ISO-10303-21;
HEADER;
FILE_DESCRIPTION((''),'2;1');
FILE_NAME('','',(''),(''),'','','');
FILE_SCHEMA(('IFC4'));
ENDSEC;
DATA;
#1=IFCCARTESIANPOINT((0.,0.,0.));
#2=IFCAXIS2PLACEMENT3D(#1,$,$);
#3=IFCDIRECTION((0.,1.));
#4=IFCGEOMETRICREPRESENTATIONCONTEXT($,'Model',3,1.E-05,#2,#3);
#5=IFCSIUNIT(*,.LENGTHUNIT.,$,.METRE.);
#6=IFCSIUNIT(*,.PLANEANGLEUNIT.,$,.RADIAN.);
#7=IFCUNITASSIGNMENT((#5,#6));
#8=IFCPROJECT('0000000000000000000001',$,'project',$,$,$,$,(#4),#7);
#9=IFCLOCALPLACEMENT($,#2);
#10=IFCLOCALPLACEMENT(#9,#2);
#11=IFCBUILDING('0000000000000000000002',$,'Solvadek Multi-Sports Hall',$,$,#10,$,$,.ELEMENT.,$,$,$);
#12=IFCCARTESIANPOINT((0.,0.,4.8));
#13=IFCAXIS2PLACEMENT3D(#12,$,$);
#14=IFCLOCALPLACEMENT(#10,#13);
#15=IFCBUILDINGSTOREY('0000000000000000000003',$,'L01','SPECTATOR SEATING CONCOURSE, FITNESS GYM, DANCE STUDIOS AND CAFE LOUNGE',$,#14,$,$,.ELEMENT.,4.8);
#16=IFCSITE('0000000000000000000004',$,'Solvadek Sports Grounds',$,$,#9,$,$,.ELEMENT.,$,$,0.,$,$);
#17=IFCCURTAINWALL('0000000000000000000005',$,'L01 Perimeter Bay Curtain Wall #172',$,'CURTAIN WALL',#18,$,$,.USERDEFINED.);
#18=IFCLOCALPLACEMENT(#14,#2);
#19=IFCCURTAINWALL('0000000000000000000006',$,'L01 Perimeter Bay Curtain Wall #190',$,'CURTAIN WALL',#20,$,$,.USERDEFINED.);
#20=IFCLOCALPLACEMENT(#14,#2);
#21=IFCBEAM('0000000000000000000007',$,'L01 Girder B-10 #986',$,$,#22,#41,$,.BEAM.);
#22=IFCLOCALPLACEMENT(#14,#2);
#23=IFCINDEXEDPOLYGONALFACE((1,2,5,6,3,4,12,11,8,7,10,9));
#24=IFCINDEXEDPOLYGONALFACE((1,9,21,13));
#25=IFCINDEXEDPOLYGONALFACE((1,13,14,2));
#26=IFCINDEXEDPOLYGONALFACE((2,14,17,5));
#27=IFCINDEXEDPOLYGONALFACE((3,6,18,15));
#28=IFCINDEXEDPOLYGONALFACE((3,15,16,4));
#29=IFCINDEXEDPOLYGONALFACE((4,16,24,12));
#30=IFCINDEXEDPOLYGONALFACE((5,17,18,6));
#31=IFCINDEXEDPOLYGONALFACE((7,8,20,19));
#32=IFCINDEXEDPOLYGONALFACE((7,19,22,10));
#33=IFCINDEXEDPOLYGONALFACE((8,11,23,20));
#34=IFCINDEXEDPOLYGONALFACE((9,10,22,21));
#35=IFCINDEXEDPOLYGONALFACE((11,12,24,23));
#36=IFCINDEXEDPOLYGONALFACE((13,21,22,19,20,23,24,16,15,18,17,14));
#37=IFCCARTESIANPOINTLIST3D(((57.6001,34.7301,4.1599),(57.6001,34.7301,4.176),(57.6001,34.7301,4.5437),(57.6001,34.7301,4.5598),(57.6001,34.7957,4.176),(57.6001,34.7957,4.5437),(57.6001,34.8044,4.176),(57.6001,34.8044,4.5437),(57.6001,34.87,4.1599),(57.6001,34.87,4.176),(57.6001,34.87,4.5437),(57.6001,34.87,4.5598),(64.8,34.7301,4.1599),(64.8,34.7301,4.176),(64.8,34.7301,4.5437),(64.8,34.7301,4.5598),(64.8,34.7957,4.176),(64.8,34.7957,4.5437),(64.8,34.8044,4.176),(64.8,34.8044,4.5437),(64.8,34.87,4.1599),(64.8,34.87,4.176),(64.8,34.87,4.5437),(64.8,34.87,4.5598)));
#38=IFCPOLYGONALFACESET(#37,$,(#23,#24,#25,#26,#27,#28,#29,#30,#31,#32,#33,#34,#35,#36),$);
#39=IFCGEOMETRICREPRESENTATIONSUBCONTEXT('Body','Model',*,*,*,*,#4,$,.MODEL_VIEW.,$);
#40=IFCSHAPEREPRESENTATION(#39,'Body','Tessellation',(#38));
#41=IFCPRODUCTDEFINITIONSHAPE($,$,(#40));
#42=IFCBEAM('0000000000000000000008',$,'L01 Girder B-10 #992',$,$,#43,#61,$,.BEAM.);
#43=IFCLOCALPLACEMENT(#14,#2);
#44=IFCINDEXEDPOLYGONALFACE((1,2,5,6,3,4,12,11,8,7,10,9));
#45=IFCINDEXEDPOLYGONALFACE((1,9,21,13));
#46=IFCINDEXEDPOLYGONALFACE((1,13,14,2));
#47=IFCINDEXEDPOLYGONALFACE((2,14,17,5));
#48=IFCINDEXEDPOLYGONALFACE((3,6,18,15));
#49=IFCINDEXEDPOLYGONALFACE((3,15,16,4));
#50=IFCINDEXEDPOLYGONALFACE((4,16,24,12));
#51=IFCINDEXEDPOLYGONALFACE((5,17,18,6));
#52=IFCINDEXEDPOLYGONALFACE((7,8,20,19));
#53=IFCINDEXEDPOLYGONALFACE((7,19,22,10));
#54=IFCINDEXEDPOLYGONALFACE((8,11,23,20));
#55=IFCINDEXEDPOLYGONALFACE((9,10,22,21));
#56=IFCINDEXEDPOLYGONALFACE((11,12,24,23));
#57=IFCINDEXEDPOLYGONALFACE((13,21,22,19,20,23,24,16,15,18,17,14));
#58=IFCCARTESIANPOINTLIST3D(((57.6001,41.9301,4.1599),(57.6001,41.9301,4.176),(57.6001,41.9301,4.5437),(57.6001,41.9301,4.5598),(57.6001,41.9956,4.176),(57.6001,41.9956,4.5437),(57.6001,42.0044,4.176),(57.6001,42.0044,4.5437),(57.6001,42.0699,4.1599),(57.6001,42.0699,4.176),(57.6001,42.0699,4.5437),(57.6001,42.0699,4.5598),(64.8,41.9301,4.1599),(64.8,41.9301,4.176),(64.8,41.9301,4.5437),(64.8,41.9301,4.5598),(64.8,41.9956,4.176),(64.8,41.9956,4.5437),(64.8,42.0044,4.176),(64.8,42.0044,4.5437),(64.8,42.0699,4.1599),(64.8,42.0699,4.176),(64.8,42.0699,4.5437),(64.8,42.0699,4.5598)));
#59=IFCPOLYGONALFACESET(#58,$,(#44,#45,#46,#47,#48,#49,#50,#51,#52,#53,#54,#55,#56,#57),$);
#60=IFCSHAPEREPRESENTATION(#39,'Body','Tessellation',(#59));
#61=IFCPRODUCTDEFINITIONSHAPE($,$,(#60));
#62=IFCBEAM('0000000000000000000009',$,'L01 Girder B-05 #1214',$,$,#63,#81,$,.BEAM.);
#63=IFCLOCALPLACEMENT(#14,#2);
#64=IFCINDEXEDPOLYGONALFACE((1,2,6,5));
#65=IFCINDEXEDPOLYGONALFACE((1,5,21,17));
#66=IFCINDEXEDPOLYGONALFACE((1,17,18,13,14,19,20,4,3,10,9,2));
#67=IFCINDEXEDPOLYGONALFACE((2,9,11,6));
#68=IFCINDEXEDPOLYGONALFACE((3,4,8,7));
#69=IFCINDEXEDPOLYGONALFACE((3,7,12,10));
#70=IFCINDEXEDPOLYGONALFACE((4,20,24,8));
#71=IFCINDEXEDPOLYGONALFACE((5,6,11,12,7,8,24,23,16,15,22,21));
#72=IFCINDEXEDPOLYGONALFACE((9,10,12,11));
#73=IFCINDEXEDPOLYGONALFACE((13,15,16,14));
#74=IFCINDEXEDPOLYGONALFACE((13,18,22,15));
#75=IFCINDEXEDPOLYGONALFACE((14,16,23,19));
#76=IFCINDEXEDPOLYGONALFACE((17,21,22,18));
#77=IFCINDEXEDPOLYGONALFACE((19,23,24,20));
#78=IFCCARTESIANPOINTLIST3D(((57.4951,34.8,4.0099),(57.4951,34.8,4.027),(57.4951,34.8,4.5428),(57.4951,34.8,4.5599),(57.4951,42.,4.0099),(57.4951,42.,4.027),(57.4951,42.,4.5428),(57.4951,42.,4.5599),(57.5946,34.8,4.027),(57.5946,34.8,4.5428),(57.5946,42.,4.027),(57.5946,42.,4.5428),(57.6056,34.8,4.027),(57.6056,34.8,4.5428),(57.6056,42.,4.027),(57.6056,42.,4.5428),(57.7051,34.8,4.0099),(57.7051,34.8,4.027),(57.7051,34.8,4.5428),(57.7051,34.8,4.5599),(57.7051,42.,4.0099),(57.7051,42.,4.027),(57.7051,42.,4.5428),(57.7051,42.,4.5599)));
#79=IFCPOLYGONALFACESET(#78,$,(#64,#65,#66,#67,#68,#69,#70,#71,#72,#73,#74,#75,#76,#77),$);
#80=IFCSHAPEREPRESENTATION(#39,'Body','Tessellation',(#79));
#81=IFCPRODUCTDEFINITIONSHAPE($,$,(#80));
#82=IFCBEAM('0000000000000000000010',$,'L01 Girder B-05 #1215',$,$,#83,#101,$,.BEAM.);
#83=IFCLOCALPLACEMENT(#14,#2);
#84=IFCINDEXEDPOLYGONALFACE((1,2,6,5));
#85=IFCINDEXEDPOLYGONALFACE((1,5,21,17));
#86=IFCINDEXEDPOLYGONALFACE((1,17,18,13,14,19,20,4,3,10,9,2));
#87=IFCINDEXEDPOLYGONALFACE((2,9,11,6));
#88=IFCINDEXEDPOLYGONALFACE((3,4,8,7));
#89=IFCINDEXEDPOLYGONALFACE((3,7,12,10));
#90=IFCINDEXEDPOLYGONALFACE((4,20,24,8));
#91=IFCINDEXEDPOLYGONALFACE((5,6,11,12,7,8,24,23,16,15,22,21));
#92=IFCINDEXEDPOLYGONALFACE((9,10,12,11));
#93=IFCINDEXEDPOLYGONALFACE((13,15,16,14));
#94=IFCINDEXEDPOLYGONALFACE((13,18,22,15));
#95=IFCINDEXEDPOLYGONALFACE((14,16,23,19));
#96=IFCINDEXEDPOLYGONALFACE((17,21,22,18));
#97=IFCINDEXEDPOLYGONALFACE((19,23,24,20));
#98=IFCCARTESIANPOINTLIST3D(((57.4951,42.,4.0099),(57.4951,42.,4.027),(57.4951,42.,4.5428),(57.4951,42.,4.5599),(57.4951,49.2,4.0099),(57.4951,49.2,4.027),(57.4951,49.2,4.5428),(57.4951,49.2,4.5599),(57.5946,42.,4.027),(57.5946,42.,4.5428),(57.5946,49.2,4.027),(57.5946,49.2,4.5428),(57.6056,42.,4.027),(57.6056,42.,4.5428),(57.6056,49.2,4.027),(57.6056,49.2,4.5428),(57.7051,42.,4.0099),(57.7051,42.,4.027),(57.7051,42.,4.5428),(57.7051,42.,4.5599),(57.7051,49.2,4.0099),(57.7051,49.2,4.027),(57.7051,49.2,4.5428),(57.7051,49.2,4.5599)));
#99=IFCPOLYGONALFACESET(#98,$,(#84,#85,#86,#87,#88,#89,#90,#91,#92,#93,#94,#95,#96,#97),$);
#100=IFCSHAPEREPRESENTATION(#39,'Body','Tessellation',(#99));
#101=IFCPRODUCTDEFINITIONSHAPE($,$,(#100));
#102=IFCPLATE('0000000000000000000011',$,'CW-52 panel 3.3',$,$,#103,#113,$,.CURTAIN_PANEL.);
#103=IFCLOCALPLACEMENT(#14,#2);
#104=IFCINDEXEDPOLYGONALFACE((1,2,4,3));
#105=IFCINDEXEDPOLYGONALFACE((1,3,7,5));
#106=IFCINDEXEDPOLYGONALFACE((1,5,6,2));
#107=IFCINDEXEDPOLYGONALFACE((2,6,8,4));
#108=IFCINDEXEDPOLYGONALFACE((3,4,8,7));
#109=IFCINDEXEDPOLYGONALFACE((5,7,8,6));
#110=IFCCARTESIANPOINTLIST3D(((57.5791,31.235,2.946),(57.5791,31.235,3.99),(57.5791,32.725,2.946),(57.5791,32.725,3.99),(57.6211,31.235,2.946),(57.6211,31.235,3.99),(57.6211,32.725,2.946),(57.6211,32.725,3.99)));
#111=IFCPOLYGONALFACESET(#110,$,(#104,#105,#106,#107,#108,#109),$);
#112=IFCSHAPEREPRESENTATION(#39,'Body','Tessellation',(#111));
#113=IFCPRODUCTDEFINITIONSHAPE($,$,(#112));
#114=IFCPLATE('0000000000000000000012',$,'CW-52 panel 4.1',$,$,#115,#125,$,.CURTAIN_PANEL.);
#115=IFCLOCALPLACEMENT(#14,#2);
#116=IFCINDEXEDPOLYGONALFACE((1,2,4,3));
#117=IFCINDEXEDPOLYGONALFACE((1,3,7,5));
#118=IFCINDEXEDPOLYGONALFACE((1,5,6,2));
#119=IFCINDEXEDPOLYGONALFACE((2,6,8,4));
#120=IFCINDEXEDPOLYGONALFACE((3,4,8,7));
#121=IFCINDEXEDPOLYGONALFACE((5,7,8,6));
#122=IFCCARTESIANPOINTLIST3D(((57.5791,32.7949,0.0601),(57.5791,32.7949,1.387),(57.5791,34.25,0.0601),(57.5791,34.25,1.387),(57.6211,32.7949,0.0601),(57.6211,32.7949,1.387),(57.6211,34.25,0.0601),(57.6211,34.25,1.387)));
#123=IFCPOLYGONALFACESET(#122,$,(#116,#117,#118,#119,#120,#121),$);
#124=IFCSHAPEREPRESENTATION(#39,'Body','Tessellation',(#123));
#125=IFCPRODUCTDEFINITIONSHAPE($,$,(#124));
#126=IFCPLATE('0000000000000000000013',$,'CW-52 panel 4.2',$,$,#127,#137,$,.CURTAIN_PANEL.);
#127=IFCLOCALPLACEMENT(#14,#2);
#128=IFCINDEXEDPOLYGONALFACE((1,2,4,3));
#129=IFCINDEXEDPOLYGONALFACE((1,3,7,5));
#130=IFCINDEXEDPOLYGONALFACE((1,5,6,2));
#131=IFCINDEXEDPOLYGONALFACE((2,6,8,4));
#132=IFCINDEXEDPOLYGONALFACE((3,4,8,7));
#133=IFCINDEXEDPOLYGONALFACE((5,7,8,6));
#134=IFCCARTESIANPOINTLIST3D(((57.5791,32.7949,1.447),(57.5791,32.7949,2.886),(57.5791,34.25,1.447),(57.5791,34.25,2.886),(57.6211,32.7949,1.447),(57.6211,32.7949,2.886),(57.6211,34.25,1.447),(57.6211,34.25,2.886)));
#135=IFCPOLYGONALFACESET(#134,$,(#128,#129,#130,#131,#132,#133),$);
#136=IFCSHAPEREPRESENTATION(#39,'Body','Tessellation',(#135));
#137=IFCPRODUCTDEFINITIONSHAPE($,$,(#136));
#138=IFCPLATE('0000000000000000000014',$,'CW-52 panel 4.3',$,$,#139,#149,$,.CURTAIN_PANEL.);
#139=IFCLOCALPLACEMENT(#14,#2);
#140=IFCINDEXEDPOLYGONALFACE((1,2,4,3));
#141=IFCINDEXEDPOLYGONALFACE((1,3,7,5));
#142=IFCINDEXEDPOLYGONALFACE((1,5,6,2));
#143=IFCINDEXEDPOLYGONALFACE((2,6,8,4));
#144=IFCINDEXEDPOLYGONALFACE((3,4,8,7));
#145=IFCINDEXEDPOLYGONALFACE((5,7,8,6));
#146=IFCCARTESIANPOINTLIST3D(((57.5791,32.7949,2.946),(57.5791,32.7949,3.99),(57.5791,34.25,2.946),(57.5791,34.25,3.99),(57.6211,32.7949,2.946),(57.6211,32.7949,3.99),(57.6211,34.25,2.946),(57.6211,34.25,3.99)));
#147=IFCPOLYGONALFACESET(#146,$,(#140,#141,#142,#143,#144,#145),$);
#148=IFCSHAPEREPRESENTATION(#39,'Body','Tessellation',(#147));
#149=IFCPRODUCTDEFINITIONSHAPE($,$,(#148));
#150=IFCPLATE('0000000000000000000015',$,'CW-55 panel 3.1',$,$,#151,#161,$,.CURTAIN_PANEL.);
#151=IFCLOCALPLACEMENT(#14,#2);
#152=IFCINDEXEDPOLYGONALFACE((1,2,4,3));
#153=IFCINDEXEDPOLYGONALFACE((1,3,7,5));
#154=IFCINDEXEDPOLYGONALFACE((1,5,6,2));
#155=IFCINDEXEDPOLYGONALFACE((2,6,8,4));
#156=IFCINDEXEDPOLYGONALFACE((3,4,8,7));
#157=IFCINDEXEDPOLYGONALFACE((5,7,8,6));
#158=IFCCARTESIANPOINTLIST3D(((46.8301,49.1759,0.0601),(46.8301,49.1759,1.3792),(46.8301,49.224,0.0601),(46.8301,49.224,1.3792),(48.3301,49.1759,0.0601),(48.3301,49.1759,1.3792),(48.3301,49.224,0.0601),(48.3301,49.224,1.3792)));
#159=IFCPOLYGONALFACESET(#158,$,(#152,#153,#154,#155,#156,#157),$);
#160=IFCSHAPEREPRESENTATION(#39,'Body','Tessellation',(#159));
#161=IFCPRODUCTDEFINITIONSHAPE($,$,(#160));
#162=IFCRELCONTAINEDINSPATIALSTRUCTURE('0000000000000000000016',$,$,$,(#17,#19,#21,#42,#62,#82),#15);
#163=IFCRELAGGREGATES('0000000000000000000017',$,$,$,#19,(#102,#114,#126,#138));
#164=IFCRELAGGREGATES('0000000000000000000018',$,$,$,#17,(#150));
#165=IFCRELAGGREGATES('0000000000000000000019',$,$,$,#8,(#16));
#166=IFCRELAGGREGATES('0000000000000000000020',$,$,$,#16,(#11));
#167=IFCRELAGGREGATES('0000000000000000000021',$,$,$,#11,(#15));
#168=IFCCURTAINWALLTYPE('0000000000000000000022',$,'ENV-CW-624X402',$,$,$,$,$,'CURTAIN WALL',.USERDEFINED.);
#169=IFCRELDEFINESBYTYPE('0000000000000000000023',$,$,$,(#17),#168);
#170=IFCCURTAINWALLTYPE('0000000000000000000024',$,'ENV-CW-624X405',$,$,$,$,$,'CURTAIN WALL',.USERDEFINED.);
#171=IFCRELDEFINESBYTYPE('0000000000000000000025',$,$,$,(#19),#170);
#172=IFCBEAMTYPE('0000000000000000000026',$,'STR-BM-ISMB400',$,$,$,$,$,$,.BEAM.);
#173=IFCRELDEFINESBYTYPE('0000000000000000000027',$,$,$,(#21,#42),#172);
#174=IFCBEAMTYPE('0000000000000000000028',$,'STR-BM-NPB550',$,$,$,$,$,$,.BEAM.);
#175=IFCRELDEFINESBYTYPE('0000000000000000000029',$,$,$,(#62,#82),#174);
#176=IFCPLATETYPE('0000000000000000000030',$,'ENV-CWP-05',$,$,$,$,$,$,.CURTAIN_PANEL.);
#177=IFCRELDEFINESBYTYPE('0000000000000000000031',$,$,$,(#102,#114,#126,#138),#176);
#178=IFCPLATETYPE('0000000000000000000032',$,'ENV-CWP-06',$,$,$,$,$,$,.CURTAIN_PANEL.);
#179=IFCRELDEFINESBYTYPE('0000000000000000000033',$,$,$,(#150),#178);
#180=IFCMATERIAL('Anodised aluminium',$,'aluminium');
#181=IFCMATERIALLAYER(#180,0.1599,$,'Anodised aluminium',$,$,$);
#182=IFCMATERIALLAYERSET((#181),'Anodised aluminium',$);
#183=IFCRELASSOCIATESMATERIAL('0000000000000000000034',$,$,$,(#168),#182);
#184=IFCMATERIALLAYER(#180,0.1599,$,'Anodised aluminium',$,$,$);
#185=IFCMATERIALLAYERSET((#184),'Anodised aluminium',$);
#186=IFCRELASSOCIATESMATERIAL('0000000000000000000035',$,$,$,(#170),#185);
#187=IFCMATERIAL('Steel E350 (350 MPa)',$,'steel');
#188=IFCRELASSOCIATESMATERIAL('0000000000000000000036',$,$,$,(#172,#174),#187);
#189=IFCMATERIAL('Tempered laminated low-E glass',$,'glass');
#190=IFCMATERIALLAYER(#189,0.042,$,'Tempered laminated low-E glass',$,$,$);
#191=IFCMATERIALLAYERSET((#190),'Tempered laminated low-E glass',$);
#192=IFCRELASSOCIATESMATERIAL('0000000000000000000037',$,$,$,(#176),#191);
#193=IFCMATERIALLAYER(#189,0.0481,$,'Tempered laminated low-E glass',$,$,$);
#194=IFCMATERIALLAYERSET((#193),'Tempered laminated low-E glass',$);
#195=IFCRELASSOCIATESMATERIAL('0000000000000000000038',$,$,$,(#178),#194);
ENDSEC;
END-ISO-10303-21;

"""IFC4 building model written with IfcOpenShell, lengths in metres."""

from ifc_helpers import new_model, si_unit, direction, frame, origin, origin_2d, place, context, subcontext, project, spatial, rectangle, i_section, extrude, material, layer, layer_set, material_profile, profile_set, type_object, element, aggregate, save


model = new_model("IFC4")

# Units and contexts
model_context = context("Model", 3, precision=1e-05, world=origin(), true_north=direction((0.0, 1.0)))
body_context = subcontext(model_context, "Body", "Model", "MODEL_VIEW")
ifc_project = project(units=[si_unit("LENGTHUNIT", "METRE"), si_unit("PLANEANGLEUNIT", "RADIAN")], contexts=[model_context])

# Site, building, storey
site_placement = place(None, origin())
site = spatial("IfcSite", under=ifc_project, at=site_placement, Name="Solvadek Sports Grounds", CompositionType="ELEMENT", RefElevation=0.0)
building_placement = place(site_placement, origin())
building = spatial("IfcBuilding", under=site, at=building_placement, Name="Solvadek Multi-Sports Hall", CompositionType="ELEMENT")
storey_placement = place(building_placement, frame((0.0, 0.0, 4.8)))
storey = spatial("IfcBuildingStorey", under=building, at=storey_placement, Name="L01", Description="SPECTATOR SEATING CONCOURSE, FITNESS GYM, DANCE STUDIOS AND CAFE LOUNGE", CompositionType="ELEMENT", Elevation=4.8)

# Shared definitions
ifc_material_1 = material(Name="Steel E350 (350 MPa)", Category="steel")

# Curtain wall
ifc_material_2 = material(Name="Anodised aluminium", Category="aluminium")
ifc_layer_1 = layer(ifc_material_2, 0.1599, Name="Anodised aluminium")
ifc_layer_set_1 = layer_set([ifc_layer_1], Name="Anodised aluminium")
curtain_wall_type_1 = type_object("IfcCurtainWallType", Name="ENV-CW-624X402", ElementType="CURTAIN WALL", PredefinedType="USERDEFINED", material=ifc_layer_set_1)
curtain_wall_1_placement = place(storey_placement, origin())
curtain_wall_1 = element("IfcCurtainWall", 1, at=curtain_wall_1_placement, inside=storey, type_object=curtain_wall_type_1, Name="L01 Perimeter Bay Curtain Wall #172", ObjectType="CURTAIN WALL", PredefinedType="USERDEFINED")

# Curtain wall
ifc_layer_2 = layer(ifc_material_2, 0.1599, Name="Anodised aluminium")
ifc_layer_set_2 = layer_set([ifc_layer_2], Name="Anodised aluminium")
curtain_wall_type_2 = type_object("IfcCurtainWallType", Name="ENV-CW-624X405", ElementType="CURTAIN WALL", PredefinedType="USERDEFINED", material=ifc_layer_set_2)
curtain_wall_2_placement = place(storey_placement, origin())
curtain_wall_2 = element("IfcCurtainWall", 2, at=curtain_wall_2_placement, inside=storey, type_object=curtain_wall_type_2, Name="L01 Perimeter Bay Curtain Wall #190", ObjectType="CURTAIN WALL", PredefinedType="USERDEFINED")

# Beams
ifc_material_profile_1 = material_profile(ifc_material_1, i_section(OverallWidth=0.1399, OverallDepth=0.3999, WebThickness=0.0088, FlangeThickness=0.0161, at=origin_2d()), Name="ISMB 400")
ifc_profile_set_1 = profile_set([ifc_material_profile_1], Name="Steel E350 (350 MPa)")
beam_type_1 = type_object("IfcBeamType", Name="STR-BM-ISMB400", PredefinedType="BEAM", material=ifc_profile_set_1)
for number, where, z_axis, x_axis, name in (
    (3, (57.6001, 34.8, 4.3599), (1.0, 0.0, 0.0), (0.0, 1.0, 0.0), "L01 Girder B-10 #986"),
    (4, (57.6001, 42.0, 4.3599), (1.0, 0.0, 0.0), (0.0, 1.0, 0.0), "L01 Girder B-10 #992"),
):
    element("IfcBeam", number, at=place(storey_placement, frame(where, z_axis=z_axis, x_axis=x_axis)), inside=storey, type_object=beam_type_1, Name=name, PredefinedType="BEAM", context=body_context, shape_type="SweptSolid", body=[
        extrude(i_section(OverallWidth=0.1399, OverallDepth=0.3999, WebThickness=0.0088, FlangeThickness=0.0161, at=origin_2d()), origin(), (0.0, 0.0, 1.0), 7.2),
    ])
ifc_material_profile_2 = material_profile(ifc_material_1, i_section(OverallWidth=0.21, OverallDepth=0.55, WebThickness=0.011, FlangeThickness=0.0171, at=origin_2d()), Name="NPB 550")
ifc_profile_set_2 = profile_set([ifc_material_profile_2], Name="Steel E350 (350 MPa)")
beam_type_2 = type_object("IfcBeamType", Name="STR-BM-NPB550", PredefinedType="BEAM", material=ifc_profile_set_2)
for number, where, z_axis, x_axis, name in (
    (5, (57.6001, 34.8, 4.2849), (0.0, 1.0, 0.0), (-1.0, 0.0, 0.0), "L01 Girder B-05 #1214"),
    (6, (57.6001, 42.0, 4.2849), (0.0, 1.0, 0.0), (-1.0, 0.0, 0.0), "L01 Girder B-05 #1215"),
):
    element("IfcBeam", number, at=place(storey_placement, frame(where, z_axis=z_axis, x_axis=x_axis)), inside=storey, type_object=beam_type_2, Name=name, PredefinedType="BEAM", context=body_context, shape_type="SweptSolid", body=[
        extrude(i_section(OverallWidth=0.21, OverallDepth=0.55, WebThickness=0.011, FlangeThickness=0.0171, at=origin_2d()), origin(), (0.0, 0.0, 1.0), 7.2),
    ])

# Plates
ifc_material_3 = material(Name="Tempered laminated low-E glass", Category="glass")
ifc_layer_3 = layer(ifc_material_3, 0.042, Name="Tempered laminated low-E glass")
ifc_layer_set_3 = layer_set([ifc_layer_3], Name="Tempered laminated low-E glass")
plate_type_1 = type_object("IfcPlateType", Name="ENV-CWP-05", PredefinedType="CURTAIN_PANEL", material=ifc_layer_set_3)
plate_1_placement = place(storey_placement, frame((57.6001, 31.98, 2.946), z_axis=(0.0, 0.0, 1.0), x_axis=(0.0, 1.0, 0.0)))
plate_1 = element("IfcPlate", 7, at=plate_1_placement, type_object=plate_type_1, Name="CW-52 panel 3.3", PredefinedType="CURTAIN_PANEL", context=body_context, shape_type="SweptSolid", body=[
    extrude(rectangle(XDim=1.49, YDim=0.042, at=origin_2d()), origin(), (0.0, 0.0, 1.0), 1.0439),
])
plate_2_placement = place(storey_placement, frame((57.6001, 33.5225, 0.0601), z_axis=(0.0, 0.0, 1.0), x_axis=(0.0, 1.0, 0.0)))
plate_2 = element("IfcPlate", 8, at=plate_2_placement, type_object=plate_type_1, Name="CW-52 panel 4.1", PredefinedType="CURTAIN_PANEL", context=body_context, shape_type="SweptSolid", body=[
    extrude(rectangle(XDim=1.4551, YDim=0.042, at=origin_2d()), origin(), (0.0, 0.0, 1.0), 1.3269),
])
plate_3_placement = place(storey_placement, frame((57.6001, 33.5225, 1.447), z_axis=(0.0, 0.0, 1.0), x_axis=(0.0, 1.0, 0.0)))
plate_3 = element("IfcPlate", 9, at=plate_3_placement, type_object=plate_type_1, Name="CW-52 panel 4.2", PredefinedType="CURTAIN_PANEL", context=body_context, shape_type="SweptSolid", body=[
    extrude(rectangle(XDim=1.4551, YDim=0.042, at=origin_2d()), origin(), (0.0, 0.0, 1.0), 1.439),
])
plate_4_placement = place(storey_placement, frame((57.6001, 33.5225, 2.946), z_axis=(0.0, 0.0, 1.0), x_axis=(0.0, 1.0, 0.0)))
plate_4 = element("IfcPlate", 10, at=plate_4_placement, type_object=plate_type_1, Name="CW-52 panel 4.3", PredefinedType="CURTAIN_PANEL", context=body_context, shape_type="SweptSolid", body=[
    extrude(rectangle(XDim=1.4551, YDim=0.042, at=origin_2d()), origin(), (0.0, 0.0, 1.0), 1.0439),
])
aggregate(curtain_wall_2, [plate_1, plate_2, plate_3, plate_4])
ifc_layer_4 = layer(ifc_material_3, 0.0481, Name="Tempered laminated low-E glass")
ifc_layer_set_4 = layer_set([ifc_layer_4], Name="Tempered laminated low-E glass")
plate_type_2 = type_object("IfcPlateType", Name="ENV-CWP-06", PredefinedType="CURTAIN_PANEL", material=ifc_layer_set_4)
plate_5_placement = place(storey_placement, frame((47.5801, 49.2, 0.0601), z_axis=(0.0, 0.0, 1.0), x_axis=(1.0, 0.0, 0.0)))
plate_5 = element("IfcPlate", 11, at=plate_5_placement, type_object=plate_type_2, Name="CW-55 panel 3.1", PredefinedType="CURTAIN_PANEL", context=body_context, shape_type="SweptSolid", body=[
    extrude(rectangle(XDim=1.5, YDim=0.0481, at=origin_2d()), origin(), (0.0, 0.0, 1.0), 1.3191),
])
aggregate(curtain_wall_1, [plate_5])

save(model, "model.ifc")
